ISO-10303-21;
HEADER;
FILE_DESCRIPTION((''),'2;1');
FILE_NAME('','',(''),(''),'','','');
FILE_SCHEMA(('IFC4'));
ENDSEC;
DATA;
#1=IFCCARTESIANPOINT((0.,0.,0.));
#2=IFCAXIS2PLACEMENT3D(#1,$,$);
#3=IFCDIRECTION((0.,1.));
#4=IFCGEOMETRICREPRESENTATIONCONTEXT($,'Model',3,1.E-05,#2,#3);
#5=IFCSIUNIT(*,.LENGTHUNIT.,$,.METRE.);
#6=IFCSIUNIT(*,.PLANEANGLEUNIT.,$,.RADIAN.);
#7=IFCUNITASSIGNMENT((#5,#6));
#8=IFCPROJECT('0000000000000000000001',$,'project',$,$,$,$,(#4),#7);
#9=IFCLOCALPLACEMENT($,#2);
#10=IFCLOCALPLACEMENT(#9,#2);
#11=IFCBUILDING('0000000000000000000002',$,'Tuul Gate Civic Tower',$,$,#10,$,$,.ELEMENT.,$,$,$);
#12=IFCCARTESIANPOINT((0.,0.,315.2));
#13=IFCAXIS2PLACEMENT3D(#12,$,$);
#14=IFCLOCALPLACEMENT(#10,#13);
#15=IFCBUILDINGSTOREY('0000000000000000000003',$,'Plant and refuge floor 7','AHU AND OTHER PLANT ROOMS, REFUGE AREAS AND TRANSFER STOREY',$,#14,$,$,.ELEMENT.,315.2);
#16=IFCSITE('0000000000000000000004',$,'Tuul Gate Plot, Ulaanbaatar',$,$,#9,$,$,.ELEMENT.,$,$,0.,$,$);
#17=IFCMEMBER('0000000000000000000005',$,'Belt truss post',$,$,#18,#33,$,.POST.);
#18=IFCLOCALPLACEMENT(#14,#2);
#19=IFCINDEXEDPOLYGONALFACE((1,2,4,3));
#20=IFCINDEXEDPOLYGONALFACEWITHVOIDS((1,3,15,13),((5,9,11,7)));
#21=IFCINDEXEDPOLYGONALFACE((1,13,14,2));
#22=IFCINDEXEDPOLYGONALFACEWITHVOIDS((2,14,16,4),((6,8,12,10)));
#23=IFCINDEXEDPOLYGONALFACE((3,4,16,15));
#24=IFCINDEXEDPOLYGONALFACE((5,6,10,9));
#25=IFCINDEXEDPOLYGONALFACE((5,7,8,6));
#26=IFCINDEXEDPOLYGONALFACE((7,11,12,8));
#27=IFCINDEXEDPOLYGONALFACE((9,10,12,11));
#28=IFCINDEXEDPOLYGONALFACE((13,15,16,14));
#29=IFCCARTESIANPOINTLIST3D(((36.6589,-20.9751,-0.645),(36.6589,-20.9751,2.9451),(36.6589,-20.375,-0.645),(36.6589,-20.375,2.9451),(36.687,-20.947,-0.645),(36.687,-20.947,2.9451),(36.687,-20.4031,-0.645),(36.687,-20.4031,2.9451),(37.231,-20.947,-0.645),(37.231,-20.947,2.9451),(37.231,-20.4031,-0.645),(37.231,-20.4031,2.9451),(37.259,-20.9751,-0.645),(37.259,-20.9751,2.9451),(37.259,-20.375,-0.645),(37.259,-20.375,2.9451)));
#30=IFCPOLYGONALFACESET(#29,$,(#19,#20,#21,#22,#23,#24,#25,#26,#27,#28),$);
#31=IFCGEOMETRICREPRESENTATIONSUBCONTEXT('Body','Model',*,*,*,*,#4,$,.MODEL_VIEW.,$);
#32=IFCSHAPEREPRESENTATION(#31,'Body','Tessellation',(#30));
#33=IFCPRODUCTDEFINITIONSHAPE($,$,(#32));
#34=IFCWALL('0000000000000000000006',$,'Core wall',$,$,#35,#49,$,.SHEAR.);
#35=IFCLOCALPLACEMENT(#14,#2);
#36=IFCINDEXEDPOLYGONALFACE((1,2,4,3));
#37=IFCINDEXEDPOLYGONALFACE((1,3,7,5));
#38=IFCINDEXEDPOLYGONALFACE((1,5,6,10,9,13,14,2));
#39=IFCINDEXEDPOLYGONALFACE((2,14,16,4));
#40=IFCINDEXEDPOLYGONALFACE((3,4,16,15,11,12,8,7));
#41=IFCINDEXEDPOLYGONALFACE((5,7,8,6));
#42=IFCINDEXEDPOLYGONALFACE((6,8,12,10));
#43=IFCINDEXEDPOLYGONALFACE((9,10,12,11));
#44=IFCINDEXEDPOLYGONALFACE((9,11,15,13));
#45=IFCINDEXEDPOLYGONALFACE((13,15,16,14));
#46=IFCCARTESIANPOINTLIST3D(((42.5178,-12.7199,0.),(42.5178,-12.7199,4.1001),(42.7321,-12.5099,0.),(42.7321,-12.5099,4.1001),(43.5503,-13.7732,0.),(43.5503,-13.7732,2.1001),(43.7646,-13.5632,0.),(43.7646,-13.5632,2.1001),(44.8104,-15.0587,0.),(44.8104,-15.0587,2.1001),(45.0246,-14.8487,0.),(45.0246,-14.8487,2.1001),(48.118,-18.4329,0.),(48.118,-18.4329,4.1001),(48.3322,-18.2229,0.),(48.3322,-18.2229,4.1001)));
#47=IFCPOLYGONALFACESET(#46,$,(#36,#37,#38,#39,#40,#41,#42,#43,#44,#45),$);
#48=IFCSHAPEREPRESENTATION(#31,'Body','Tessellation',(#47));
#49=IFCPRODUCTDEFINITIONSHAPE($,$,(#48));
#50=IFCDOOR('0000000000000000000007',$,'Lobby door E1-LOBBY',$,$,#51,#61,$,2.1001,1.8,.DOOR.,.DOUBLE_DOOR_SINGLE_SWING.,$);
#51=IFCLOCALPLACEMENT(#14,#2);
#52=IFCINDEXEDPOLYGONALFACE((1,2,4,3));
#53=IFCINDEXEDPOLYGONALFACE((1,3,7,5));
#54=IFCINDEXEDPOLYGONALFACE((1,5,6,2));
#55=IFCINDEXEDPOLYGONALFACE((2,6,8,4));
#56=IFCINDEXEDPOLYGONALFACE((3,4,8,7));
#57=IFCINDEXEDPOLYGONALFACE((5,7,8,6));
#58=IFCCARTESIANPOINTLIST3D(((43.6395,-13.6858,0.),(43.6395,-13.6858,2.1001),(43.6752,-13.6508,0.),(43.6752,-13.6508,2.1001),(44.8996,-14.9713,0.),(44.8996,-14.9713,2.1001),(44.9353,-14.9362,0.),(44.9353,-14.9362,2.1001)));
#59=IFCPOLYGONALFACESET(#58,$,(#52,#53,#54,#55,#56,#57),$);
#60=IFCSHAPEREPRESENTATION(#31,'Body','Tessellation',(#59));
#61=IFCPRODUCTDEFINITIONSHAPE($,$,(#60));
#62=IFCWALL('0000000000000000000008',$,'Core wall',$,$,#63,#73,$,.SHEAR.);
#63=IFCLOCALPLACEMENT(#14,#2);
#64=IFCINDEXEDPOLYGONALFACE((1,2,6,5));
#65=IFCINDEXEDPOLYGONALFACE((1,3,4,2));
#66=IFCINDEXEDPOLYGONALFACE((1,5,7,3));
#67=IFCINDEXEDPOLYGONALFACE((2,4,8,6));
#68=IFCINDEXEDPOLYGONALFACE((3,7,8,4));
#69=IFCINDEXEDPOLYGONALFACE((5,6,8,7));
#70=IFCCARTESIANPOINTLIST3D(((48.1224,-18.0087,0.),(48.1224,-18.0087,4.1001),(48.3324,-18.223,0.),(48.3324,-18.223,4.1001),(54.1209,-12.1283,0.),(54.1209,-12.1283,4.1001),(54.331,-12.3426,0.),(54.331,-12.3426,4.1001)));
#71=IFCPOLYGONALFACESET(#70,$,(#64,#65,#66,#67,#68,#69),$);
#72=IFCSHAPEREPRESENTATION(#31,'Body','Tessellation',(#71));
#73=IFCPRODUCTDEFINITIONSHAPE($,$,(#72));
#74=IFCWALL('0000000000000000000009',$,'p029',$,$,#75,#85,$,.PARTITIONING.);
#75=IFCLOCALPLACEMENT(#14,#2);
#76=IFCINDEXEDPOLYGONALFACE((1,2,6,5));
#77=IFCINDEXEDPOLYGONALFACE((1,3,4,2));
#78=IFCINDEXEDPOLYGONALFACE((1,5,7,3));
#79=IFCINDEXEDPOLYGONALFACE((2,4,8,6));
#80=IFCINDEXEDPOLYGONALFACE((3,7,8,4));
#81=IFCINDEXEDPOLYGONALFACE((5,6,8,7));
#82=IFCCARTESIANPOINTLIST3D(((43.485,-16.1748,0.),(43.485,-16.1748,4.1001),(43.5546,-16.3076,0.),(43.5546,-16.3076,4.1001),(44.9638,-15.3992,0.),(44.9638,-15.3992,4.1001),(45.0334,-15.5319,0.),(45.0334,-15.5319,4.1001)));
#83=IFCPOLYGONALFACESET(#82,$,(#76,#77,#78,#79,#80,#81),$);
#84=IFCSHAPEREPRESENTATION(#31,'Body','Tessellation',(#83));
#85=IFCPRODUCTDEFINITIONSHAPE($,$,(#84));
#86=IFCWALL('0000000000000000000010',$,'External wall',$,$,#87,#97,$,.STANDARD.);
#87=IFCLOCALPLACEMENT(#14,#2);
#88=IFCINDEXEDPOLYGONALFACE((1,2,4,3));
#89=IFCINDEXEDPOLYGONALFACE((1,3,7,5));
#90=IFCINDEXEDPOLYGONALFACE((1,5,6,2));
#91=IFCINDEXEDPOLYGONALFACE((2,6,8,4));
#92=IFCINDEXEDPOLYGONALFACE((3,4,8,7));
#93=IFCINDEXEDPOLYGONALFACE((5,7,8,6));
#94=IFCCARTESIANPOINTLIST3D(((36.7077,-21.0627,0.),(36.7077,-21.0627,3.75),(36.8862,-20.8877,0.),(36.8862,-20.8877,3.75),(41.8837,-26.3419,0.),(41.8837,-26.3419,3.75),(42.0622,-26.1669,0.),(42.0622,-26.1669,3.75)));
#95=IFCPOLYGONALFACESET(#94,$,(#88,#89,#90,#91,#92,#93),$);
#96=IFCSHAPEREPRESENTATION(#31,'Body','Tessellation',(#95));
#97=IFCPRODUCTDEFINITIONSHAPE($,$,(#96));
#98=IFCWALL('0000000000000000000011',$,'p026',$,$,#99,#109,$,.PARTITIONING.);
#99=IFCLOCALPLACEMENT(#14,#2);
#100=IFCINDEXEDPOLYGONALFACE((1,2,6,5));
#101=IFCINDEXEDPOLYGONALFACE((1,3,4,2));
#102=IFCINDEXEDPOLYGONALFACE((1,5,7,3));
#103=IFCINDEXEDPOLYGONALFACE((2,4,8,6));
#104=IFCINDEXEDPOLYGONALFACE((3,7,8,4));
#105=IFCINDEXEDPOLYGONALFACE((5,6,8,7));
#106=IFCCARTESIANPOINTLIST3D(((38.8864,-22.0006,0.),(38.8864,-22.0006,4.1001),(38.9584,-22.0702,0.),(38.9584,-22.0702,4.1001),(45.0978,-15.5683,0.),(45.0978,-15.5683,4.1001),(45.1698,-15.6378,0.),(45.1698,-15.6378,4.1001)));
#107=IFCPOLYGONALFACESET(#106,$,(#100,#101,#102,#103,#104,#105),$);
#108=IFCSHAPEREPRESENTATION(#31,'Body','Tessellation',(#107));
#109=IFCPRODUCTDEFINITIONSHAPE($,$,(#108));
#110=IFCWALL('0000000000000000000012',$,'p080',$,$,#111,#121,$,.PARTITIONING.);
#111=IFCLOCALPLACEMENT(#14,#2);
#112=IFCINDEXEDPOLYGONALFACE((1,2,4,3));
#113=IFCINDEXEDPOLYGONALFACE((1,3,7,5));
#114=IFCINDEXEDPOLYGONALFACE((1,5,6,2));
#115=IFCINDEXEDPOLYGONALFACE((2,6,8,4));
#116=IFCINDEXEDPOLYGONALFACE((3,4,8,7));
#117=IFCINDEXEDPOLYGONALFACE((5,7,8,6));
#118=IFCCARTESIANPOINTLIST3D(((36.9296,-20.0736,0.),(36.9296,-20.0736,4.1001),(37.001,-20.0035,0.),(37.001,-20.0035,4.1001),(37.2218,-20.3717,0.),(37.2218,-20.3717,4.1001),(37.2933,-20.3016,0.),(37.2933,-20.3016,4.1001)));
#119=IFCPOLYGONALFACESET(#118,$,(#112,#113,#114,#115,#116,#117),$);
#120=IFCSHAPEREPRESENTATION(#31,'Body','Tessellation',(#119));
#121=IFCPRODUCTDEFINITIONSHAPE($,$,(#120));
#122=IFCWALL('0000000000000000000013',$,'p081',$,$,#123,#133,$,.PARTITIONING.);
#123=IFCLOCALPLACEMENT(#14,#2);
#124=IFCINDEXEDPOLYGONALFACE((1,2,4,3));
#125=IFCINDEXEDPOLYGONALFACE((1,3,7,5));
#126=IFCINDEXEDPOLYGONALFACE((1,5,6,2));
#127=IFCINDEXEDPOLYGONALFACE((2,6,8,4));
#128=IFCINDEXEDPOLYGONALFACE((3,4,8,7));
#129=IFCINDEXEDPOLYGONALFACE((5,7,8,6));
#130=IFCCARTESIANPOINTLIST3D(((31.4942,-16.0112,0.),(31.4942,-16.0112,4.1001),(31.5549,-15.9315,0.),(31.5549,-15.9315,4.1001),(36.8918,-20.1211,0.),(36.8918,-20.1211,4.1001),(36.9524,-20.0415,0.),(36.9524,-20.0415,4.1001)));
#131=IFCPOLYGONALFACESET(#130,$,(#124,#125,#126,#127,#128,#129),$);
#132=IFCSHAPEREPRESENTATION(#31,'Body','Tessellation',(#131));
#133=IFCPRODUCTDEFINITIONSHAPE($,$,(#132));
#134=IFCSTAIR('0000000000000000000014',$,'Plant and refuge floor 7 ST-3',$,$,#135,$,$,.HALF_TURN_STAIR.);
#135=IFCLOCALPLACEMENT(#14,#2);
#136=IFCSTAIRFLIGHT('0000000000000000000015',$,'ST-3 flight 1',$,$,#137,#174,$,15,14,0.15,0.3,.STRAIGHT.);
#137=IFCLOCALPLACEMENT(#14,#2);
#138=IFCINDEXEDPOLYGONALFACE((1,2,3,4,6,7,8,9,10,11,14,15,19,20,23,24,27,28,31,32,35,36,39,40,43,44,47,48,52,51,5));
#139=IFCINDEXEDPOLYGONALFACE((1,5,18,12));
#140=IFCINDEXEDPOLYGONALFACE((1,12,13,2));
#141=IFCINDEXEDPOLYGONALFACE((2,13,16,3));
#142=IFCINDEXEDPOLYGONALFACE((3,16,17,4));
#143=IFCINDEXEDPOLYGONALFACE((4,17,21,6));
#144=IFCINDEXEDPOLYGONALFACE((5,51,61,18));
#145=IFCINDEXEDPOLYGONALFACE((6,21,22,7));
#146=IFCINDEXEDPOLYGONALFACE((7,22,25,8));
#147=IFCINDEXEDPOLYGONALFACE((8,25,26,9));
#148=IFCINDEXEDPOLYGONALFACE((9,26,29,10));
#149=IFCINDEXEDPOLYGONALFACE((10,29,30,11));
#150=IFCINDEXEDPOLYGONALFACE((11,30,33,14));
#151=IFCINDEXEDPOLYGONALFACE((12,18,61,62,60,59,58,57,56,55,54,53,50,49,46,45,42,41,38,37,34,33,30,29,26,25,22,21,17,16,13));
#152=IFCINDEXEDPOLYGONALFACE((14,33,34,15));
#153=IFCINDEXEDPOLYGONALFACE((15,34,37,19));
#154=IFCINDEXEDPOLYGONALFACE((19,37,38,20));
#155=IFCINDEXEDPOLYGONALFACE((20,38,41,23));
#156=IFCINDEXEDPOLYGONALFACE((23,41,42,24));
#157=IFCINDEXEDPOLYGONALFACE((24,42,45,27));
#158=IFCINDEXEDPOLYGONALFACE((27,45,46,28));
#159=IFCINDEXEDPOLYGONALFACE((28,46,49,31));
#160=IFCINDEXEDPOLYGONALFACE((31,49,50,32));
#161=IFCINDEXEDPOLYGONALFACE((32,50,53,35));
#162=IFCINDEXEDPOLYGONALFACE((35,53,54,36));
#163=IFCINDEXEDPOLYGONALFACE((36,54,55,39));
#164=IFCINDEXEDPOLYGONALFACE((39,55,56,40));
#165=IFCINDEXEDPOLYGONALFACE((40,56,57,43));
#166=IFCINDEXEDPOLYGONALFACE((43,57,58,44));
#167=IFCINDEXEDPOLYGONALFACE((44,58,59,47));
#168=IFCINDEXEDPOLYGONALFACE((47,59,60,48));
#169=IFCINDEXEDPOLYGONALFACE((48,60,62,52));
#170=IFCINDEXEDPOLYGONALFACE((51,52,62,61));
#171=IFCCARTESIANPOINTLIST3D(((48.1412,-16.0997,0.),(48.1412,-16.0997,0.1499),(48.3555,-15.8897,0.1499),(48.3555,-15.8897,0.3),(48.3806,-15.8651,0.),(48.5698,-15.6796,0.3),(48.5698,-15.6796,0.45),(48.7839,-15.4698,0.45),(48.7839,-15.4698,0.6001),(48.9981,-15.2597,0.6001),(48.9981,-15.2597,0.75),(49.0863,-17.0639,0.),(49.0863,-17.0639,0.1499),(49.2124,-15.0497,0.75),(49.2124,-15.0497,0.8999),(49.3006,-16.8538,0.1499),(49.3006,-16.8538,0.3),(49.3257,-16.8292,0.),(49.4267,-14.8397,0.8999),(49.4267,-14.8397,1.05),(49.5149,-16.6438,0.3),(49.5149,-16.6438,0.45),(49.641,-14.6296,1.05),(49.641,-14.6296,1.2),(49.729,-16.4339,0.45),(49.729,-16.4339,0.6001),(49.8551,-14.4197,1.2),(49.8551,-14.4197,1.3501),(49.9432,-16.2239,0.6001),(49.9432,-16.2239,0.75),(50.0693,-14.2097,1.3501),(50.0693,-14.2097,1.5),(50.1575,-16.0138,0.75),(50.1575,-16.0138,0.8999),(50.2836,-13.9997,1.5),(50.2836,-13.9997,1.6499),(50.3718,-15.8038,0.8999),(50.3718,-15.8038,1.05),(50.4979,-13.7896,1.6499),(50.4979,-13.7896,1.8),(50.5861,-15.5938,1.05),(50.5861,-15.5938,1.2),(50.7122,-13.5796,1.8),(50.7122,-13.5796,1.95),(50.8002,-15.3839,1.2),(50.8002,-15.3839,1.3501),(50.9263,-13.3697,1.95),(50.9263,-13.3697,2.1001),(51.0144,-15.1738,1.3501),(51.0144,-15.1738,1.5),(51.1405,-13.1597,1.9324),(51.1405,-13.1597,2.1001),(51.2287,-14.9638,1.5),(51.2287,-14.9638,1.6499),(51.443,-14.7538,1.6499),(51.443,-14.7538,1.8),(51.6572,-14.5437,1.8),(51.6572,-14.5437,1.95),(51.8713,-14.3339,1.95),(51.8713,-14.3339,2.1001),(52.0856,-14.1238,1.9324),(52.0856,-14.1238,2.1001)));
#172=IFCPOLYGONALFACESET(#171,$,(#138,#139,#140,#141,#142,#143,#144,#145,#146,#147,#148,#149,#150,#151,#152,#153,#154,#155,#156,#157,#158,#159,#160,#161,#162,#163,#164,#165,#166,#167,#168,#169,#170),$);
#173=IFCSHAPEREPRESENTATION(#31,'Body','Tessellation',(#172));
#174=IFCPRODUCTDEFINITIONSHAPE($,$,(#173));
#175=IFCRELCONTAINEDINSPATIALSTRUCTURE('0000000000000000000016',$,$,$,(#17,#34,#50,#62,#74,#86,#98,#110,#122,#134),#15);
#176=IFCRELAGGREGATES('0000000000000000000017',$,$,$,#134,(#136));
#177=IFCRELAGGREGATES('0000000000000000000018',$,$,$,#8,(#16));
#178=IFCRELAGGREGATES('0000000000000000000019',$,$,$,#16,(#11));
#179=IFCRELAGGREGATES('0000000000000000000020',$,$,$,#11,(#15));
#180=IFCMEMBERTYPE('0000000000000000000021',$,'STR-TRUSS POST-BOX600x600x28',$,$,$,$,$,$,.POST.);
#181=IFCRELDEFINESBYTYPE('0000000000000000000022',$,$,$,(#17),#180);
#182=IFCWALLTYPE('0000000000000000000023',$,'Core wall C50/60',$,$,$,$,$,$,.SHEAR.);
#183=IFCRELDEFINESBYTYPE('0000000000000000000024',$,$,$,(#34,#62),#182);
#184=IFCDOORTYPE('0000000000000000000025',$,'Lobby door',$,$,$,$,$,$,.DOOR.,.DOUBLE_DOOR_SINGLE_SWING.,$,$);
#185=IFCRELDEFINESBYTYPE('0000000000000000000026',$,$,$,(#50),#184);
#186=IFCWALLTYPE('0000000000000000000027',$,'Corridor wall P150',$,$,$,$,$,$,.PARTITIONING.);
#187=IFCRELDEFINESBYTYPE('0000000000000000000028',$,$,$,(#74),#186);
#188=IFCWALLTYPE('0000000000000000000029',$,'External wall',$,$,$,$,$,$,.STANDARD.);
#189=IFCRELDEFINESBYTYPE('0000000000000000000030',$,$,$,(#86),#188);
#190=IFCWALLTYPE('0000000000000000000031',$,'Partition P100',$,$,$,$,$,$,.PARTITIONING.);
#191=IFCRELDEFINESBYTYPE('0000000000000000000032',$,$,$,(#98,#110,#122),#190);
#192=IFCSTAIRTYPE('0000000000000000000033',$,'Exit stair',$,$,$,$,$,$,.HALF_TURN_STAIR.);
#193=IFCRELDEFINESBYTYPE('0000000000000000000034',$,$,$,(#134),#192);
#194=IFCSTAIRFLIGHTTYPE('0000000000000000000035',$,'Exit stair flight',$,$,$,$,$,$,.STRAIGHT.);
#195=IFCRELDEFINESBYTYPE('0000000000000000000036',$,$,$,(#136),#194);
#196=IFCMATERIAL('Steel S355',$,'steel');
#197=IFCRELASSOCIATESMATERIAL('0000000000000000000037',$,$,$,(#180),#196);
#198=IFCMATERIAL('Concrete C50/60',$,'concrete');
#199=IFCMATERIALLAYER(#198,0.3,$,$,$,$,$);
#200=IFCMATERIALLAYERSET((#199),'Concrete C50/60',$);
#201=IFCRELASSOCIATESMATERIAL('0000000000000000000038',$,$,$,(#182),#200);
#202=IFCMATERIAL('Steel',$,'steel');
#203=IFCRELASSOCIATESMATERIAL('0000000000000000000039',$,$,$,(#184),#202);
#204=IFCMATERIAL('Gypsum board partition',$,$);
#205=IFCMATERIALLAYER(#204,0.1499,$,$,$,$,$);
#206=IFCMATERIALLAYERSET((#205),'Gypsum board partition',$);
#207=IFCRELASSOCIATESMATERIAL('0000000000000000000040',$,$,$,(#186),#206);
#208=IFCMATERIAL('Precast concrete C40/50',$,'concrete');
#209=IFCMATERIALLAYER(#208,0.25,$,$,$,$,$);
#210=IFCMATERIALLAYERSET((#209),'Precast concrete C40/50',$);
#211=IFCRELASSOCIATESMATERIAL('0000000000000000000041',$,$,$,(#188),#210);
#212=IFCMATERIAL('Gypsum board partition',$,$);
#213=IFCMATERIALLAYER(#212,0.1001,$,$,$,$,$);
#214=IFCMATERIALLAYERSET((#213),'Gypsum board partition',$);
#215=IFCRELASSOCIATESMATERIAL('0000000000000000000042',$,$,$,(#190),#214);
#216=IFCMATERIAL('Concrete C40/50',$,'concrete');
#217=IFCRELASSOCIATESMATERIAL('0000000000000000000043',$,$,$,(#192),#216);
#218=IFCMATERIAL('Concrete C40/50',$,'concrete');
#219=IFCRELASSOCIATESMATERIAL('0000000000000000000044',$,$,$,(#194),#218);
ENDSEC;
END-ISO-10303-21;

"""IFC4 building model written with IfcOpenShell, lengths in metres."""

from ifc_helpers import new_model, si_unit, direction, frame, frame_2d, origin, origin_2d, place, context, subcontext, project, spatial, polyline, rectangle, hollow_rectangle, outline, extrude, material, layer, layer_set, material_profile, profile_set, type_object, element, fill, aggregate, save


model = new_model("IFC4")

# Units and contexts
model_context = context("Model", 3, precision=1e-05, world=origin(), true_north=direction((0.0, 1.0)))
body_context = subcontext(model_context, "Body", "Model", "MODEL_VIEW")
ifc_project = project(units=[si_unit("LENGTHUNIT", "METRE"), si_unit("PLANEANGLEUNIT", "RADIAN")], contexts=[model_context])

# Site, building, storey
site_placement = place(None, origin())
site = spatial("IfcSite", under=ifc_project, at=site_placement, Name="Tuul Gate Plot, Ulaanbaatar", CompositionType="ELEMENT", RefElevation=0.0)
building_placement = place(site_placement, origin())
building = spatial("IfcBuilding", under=site, at=building_placement, Name="Tuul Gate Civic Tower", CompositionType="ELEMENT")
storey_placement = place(building_placement, frame((0.0, 0.0, 315.2)))
storey = spatial("IfcBuildingStorey", under=building, at=storey_placement, Name="Plant and refuge floor 7", Description="AHU AND OTHER PLANT ROOMS, REFUGE AREAS AND TRANSFER STOREY", CompositionType="ELEMENT", Elevation=315.2)

# Member
ifc_material_1 = material(Name="Steel S355", Category="steel")
ifc_material_profile_1 = material_profile(ifc_material_1, hollow_rectangle(XDim=0.6001, YDim=0.6001, WallThickness=0.0281, at=origin_2d()), Name="BOX600x600x28")
ifc_profile_set_1 = profile_set([ifc_material_profile_1], Name="Steel S355")
member_type_1 = type_object("IfcMemberType", Name="STR-TRUSS POST-BOX600x600x28", PredefinedType="POST", material=ifc_profile_set_1)
member_1_placement = place(storey_placement, frame((36.959, -20.675, -0.645), z_axis=(0.0, 0.0, 1.0), x_axis=(1.0, 0.0, 0.0)))
element("IfcMember", 1, at=member_1_placement, inside=storey, type_object=member_type_1, Name="Belt truss post", PredefinedType="POST", context=body_context, shape_type="SweptSolid", body=[
    extrude(hollow_rectangle(XDim=0.6001, YDim=0.6001, WallThickness=0.0281, at=origin_2d()), origin(), (0.0, 0.0, 1.0), 3.5901),
])

# Wall, opening, door
ifc_material_2 = material(Name="Concrete C50/60", Category="concrete")
ifc_layer_1 = layer(ifc_material_2, 0.3)
ifc_layer_set_1 = layer_set([ifc_layer_1], Name="Concrete C50/60")
wall_type_1 = type_object("IfcWallType", Name="Core wall C50/60", PredefinedType="SHEAR", material=ifc_layer_set_1)
wall_1_placement = place(storey_placement, frame((48.2251, -18.3279, 0.0), z_axis=(0.0, 0.0, 1.0), x_axis=(-0.700022, 0.714121, 0.0)))
wall_1 = element("IfcWall", 2, at=wall_1_placement, inside=storey, type_object=wall_type_1, Name="Core wall", PredefinedType="SHEAR", context=body_context, shape_type="SweptSolid", body=[
    extrude(rectangle(XDim=8.0, YDim=0.3, at=frame_2d((4.0, 0.0))), origin(), (0.0, 0.0, 1.0), 4.1001),
])
opening_placement = place(wall_1_placement, frame((4.7251, 0.0, 0.0)))
opening = element("IfcOpeningElement", 3, at=opening_placement, cuts=wall_1, PredefinedType="OPENING", context=body_context, shape_type="SweptSolid", body=[
    extrude(rectangle(XDim=1.8, YDim=2.1001, at=frame_2d((0.8999, 1.05))), frame((0.0, 0.1602, 0.0), z_axis=(0.0, -1.0, 0.0), x_axis=(1.0, 0.0, 0.0)), (0.0, 0.0, 1.0), 0.3201),
])
ifc_material_3 = material(Name="Steel", Category="steel")
door_type = type_object("IfcDoorType", Name="Lobby door", OperationType="DOUBLE_DOOR_SINGLE_SWING", PredefinedType="DOOR", material=ifc_material_3)
door_placement = place(opening_placement, frame((1.8, 0.0, 0.0), z_axis=(0.0, 0.0, 1.0), x_axis=(-1.0, 0.0, 0.0)))
door = element("IfcDoor", 4, at=door_placement, inside=storey, type_object=door_type, Name="Lobby door E1-LOBBY", OperationType="DOUBLE_DOOR_SINGLE_SWING", OverallHeight=2.1001, OverallWidth=1.8, PredefinedType="DOOR", context=body_context, shape_type="SweptSolid", body=[
    extrude(rectangle(XDim=1.8, YDim=2.1001, at=frame_2d((0.9001, 1.05))), frame((0.0, 0.0249, 0.0), z_axis=(0.0, -1.0, 0.0), x_axis=(1.0, 0.0, 0.0)), (0.0, 0.0, 1.0), 0.05),
])
fill(opening, door)

# Walls
wall_2_placement = place(storey_placement, frame((48.2273, -18.116, 0.0), z_axis=(0.0, 0.0, 1.0), x_axis=(0.714105, 0.700038, 0.0)))
element("IfcWall", 5, at=wall_2_placement, inside=storey, type_object=wall_type_1, Name="Core wall", PredefinedType="SHEAR", context=body_context, shape_type="SweptSolid", body=[
    extrude(rectangle(XDim=8.4001, YDim=0.3, at=frame_2d((4.2002, 0.0))), origin(), (0.0, 0.0, 1.0), 4.1001),
])
ifc_material_4 = material(Name="Gypsum board partition")
ifc_layer_2 = layer(ifc_material_4, 0.1499)
ifc_layer_set_2 = layer_set([ifc_layer_2], Name="Gypsum board partition")
wall_type_2 = type_object("IfcWallType", Name="Corridor wall P150", PredefinedType="PARTITIONING", material=ifc_layer_set_2)
wall_3_placement = place(storey_placement, frame((43.5198, -16.2412, 0.0), z_axis=(0.0, 0.0, 1.0), x_axis=(0.885574, 0.464499, 0.0)))
element("IfcWall", 6, at=wall_3_placement, inside=storey, type_object=wall_type_2, Name="p029", PredefinedType="PARTITIONING", context=body_context, shape_type="SweptSolid", body=[
    extrude(rectangle(XDim=1.6699, YDim=0.1499, at=frame_2d((0.835, 0.0))), origin(), (0.0, 0.0, 1.0), 4.1001),
])
ifc_material_5 = material(Name="Precast concrete C40/50", Category="concrete")
ifc_layer_3 = layer(ifc_material_5, 0.25)
ifc_layer_set_3 = layer_set([ifc_layer_3], Name="Precast concrete C40/50")
wall_type_3 = type_object("IfcWallType", Name="External wall", PredefinedType="STANDARD", material=ifc_layer_set_3)
wall_4_placement = place(storey_placement, frame((36.7969, -20.9751, 0.0), z_axis=(0.0, 0.0, 1.0), x_axis=(0.700088, -0.714056, 0.0)))
element("IfcWall", 7, at=wall_4_placement, inside=storey, type_object=wall_type_3, Name="External wall", PredefinedType="STANDARD", context=body_context, shape_type="SweptSolid", body=[
    extrude(rectangle(XDim=7.3933, YDim=0.25, at=frame_2d((3.6968, 0.0))), origin(), (0.0, 0.0, 1.0), 3.75),
])
ifc_material_6 = material(Name="Gypsum board partition")
ifc_layer_4 = layer(ifc_material_6, 0.1001)
ifc_layer_set_4 = layer_set([ifc_layer_4], Name="Gypsum board partition")
wall_type_4 = type_object("IfcWallType", Name="Partition P100", PredefinedType="PARTITIONING", material=ifc_layer_set_4)
wall_5_placement = place(storey_placement, frame((38.9224, -22.0354, 0.0), z_axis=(0.0, 0.0, 1.0), x_axis=(0.694644, 0.719353, 0.0)))
element("IfcWall", 8, at=wall_5_placement, inside=storey, type_object=wall_type_4, Name="p026", PredefinedType="PARTITIONING", context=body_context, shape_type="SweptSolid", body=[
    extrude(rectangle(XDim=8.9419, YDim=0.1001, at=frame_2d((4.4709, 0.0))), origin(), (0.0, 0.0, 1.0), 4.1001),
])
wall_6_placement = place(storey_placement, frame((37.2576, -20.3367, 0.0), z_axis=(0.0, 0.0, 1.0), x_axis=(-0.700054, 0.71409, 0.0)))
element("IfcWall", 9, at=wall_6_placement, inside=storey, type_object=wall_type_4, Name="p080", PredefinedType="PARTITIONING", context=body_context, shape_type="SweptSolid", body=[
    extrude(rectangle(XDim=0.4175, YDim=0.1001, at=frame_2d((0.2087, 0.0))), origin(), (0.0, 0.0, 1.0), 4.1001),
])
wall_7_placement = place(storey_placement, frame((36.9221, -20.0813, 0.0), z_axis=(0.0, 0.0, 1.0), x_axis=(-0.795608, 0.605811, 0.0)))
element("IfcWall", 10, at=wall_7_placement, inside=storey, type_object=wall_type_4, Name="p081", PredefinedType="PARTITIONING", context=body_context, shape_type="SweptSolid", body=[
    extrude(rectangle(XDim=6.7842, YDim=0.1001, at=frame_2d((3.3921, 0.0))), origin(), (0.0, 0.0, 1.0), 4.1001),
])

# Stair, stair flight
ifc_material_7 = material(Name="Concrete C40/50", Category="concrete")
stair_type = type_object("IfcStairType", Name="Exit stair", PredefinedType="HALF_TURN_STAIR", material=ifc_material_7)
stair_placement = place(storey_placement, origin())
stair = element("IfcStair", 11, at=stair_placement, inside=storey, type_object=stair_type, Name="Plant and refuge floor 7 ST-3", PredefinedType="HALF_TURN_STAIR")
ifc_material_8 = material(Name="Concrete C40/50", Category="concrete")
stair_flight_type = type_object("IfcStairFlightType", Name="Exit stair flight", PredefinedType="STRAIGHT", material=ifc_material_8)
stair_flight_placement = place(storey_placement, frame((48.6138, -16.5818, 0.0), z_axis=(0.0, 0.0, 1.0), x_axis=(0.714127, 0.700016, 0.0)))
stair_flight = element("IfcStairFlight", 12, at=stair_flight_placement, type_object=stair_flight_type, Name="ST-3 flight 1", NumberOfRisers=15, NumberOfTreads=14, PredefinedType="STRAIGHT", RiserHeight=0.15, TreadLength=0.3, context=body_context, shape_type="SweptSolid", body=[
    extrude(outline(polyline([(0.0, 0.0), (0.0, 0.1499), (0.3, 0.1499), (0.3, 0.3), (0.6001, 0.3), (0.6001, 0.45), (0.8999, 0.45), (0.8999, 0.6001), (1.2, 0.6001), (1.2, 0.75), (1.5, 0.75), (1.5, 0.8999), (1.8, 0.8999), (1.8, 1.05), (2.1001, 1.05), (2.1001, 1.2), (2.3999, 1.2), (2.3999, 1.3501), (2.7, 1.3501), (2.7, 1.5), (3.0, 1.5), (3.0, 1.6499), (3.3, 1.6499), (3.3, 1.8), (3.6001, 1.8), (3.6001, 1.95), (3.8999, 1.95), (3.8999, 2.1001), (4.2, 2.1001), (4.2, 2.25), (4.2, 1.9324), (0.3352, 0.0), (0.0, 0.0)])), frame((0.0, 0.675, 0.0), z_axis=(0.0, -1.0, 0.0), x_axis=(1.0, 0.0, 0.0)), (0.0, 0.0, 1.0), 1.3501),
])
aggregate(stair, [stair_flight])

save(model, "model.ifc")
